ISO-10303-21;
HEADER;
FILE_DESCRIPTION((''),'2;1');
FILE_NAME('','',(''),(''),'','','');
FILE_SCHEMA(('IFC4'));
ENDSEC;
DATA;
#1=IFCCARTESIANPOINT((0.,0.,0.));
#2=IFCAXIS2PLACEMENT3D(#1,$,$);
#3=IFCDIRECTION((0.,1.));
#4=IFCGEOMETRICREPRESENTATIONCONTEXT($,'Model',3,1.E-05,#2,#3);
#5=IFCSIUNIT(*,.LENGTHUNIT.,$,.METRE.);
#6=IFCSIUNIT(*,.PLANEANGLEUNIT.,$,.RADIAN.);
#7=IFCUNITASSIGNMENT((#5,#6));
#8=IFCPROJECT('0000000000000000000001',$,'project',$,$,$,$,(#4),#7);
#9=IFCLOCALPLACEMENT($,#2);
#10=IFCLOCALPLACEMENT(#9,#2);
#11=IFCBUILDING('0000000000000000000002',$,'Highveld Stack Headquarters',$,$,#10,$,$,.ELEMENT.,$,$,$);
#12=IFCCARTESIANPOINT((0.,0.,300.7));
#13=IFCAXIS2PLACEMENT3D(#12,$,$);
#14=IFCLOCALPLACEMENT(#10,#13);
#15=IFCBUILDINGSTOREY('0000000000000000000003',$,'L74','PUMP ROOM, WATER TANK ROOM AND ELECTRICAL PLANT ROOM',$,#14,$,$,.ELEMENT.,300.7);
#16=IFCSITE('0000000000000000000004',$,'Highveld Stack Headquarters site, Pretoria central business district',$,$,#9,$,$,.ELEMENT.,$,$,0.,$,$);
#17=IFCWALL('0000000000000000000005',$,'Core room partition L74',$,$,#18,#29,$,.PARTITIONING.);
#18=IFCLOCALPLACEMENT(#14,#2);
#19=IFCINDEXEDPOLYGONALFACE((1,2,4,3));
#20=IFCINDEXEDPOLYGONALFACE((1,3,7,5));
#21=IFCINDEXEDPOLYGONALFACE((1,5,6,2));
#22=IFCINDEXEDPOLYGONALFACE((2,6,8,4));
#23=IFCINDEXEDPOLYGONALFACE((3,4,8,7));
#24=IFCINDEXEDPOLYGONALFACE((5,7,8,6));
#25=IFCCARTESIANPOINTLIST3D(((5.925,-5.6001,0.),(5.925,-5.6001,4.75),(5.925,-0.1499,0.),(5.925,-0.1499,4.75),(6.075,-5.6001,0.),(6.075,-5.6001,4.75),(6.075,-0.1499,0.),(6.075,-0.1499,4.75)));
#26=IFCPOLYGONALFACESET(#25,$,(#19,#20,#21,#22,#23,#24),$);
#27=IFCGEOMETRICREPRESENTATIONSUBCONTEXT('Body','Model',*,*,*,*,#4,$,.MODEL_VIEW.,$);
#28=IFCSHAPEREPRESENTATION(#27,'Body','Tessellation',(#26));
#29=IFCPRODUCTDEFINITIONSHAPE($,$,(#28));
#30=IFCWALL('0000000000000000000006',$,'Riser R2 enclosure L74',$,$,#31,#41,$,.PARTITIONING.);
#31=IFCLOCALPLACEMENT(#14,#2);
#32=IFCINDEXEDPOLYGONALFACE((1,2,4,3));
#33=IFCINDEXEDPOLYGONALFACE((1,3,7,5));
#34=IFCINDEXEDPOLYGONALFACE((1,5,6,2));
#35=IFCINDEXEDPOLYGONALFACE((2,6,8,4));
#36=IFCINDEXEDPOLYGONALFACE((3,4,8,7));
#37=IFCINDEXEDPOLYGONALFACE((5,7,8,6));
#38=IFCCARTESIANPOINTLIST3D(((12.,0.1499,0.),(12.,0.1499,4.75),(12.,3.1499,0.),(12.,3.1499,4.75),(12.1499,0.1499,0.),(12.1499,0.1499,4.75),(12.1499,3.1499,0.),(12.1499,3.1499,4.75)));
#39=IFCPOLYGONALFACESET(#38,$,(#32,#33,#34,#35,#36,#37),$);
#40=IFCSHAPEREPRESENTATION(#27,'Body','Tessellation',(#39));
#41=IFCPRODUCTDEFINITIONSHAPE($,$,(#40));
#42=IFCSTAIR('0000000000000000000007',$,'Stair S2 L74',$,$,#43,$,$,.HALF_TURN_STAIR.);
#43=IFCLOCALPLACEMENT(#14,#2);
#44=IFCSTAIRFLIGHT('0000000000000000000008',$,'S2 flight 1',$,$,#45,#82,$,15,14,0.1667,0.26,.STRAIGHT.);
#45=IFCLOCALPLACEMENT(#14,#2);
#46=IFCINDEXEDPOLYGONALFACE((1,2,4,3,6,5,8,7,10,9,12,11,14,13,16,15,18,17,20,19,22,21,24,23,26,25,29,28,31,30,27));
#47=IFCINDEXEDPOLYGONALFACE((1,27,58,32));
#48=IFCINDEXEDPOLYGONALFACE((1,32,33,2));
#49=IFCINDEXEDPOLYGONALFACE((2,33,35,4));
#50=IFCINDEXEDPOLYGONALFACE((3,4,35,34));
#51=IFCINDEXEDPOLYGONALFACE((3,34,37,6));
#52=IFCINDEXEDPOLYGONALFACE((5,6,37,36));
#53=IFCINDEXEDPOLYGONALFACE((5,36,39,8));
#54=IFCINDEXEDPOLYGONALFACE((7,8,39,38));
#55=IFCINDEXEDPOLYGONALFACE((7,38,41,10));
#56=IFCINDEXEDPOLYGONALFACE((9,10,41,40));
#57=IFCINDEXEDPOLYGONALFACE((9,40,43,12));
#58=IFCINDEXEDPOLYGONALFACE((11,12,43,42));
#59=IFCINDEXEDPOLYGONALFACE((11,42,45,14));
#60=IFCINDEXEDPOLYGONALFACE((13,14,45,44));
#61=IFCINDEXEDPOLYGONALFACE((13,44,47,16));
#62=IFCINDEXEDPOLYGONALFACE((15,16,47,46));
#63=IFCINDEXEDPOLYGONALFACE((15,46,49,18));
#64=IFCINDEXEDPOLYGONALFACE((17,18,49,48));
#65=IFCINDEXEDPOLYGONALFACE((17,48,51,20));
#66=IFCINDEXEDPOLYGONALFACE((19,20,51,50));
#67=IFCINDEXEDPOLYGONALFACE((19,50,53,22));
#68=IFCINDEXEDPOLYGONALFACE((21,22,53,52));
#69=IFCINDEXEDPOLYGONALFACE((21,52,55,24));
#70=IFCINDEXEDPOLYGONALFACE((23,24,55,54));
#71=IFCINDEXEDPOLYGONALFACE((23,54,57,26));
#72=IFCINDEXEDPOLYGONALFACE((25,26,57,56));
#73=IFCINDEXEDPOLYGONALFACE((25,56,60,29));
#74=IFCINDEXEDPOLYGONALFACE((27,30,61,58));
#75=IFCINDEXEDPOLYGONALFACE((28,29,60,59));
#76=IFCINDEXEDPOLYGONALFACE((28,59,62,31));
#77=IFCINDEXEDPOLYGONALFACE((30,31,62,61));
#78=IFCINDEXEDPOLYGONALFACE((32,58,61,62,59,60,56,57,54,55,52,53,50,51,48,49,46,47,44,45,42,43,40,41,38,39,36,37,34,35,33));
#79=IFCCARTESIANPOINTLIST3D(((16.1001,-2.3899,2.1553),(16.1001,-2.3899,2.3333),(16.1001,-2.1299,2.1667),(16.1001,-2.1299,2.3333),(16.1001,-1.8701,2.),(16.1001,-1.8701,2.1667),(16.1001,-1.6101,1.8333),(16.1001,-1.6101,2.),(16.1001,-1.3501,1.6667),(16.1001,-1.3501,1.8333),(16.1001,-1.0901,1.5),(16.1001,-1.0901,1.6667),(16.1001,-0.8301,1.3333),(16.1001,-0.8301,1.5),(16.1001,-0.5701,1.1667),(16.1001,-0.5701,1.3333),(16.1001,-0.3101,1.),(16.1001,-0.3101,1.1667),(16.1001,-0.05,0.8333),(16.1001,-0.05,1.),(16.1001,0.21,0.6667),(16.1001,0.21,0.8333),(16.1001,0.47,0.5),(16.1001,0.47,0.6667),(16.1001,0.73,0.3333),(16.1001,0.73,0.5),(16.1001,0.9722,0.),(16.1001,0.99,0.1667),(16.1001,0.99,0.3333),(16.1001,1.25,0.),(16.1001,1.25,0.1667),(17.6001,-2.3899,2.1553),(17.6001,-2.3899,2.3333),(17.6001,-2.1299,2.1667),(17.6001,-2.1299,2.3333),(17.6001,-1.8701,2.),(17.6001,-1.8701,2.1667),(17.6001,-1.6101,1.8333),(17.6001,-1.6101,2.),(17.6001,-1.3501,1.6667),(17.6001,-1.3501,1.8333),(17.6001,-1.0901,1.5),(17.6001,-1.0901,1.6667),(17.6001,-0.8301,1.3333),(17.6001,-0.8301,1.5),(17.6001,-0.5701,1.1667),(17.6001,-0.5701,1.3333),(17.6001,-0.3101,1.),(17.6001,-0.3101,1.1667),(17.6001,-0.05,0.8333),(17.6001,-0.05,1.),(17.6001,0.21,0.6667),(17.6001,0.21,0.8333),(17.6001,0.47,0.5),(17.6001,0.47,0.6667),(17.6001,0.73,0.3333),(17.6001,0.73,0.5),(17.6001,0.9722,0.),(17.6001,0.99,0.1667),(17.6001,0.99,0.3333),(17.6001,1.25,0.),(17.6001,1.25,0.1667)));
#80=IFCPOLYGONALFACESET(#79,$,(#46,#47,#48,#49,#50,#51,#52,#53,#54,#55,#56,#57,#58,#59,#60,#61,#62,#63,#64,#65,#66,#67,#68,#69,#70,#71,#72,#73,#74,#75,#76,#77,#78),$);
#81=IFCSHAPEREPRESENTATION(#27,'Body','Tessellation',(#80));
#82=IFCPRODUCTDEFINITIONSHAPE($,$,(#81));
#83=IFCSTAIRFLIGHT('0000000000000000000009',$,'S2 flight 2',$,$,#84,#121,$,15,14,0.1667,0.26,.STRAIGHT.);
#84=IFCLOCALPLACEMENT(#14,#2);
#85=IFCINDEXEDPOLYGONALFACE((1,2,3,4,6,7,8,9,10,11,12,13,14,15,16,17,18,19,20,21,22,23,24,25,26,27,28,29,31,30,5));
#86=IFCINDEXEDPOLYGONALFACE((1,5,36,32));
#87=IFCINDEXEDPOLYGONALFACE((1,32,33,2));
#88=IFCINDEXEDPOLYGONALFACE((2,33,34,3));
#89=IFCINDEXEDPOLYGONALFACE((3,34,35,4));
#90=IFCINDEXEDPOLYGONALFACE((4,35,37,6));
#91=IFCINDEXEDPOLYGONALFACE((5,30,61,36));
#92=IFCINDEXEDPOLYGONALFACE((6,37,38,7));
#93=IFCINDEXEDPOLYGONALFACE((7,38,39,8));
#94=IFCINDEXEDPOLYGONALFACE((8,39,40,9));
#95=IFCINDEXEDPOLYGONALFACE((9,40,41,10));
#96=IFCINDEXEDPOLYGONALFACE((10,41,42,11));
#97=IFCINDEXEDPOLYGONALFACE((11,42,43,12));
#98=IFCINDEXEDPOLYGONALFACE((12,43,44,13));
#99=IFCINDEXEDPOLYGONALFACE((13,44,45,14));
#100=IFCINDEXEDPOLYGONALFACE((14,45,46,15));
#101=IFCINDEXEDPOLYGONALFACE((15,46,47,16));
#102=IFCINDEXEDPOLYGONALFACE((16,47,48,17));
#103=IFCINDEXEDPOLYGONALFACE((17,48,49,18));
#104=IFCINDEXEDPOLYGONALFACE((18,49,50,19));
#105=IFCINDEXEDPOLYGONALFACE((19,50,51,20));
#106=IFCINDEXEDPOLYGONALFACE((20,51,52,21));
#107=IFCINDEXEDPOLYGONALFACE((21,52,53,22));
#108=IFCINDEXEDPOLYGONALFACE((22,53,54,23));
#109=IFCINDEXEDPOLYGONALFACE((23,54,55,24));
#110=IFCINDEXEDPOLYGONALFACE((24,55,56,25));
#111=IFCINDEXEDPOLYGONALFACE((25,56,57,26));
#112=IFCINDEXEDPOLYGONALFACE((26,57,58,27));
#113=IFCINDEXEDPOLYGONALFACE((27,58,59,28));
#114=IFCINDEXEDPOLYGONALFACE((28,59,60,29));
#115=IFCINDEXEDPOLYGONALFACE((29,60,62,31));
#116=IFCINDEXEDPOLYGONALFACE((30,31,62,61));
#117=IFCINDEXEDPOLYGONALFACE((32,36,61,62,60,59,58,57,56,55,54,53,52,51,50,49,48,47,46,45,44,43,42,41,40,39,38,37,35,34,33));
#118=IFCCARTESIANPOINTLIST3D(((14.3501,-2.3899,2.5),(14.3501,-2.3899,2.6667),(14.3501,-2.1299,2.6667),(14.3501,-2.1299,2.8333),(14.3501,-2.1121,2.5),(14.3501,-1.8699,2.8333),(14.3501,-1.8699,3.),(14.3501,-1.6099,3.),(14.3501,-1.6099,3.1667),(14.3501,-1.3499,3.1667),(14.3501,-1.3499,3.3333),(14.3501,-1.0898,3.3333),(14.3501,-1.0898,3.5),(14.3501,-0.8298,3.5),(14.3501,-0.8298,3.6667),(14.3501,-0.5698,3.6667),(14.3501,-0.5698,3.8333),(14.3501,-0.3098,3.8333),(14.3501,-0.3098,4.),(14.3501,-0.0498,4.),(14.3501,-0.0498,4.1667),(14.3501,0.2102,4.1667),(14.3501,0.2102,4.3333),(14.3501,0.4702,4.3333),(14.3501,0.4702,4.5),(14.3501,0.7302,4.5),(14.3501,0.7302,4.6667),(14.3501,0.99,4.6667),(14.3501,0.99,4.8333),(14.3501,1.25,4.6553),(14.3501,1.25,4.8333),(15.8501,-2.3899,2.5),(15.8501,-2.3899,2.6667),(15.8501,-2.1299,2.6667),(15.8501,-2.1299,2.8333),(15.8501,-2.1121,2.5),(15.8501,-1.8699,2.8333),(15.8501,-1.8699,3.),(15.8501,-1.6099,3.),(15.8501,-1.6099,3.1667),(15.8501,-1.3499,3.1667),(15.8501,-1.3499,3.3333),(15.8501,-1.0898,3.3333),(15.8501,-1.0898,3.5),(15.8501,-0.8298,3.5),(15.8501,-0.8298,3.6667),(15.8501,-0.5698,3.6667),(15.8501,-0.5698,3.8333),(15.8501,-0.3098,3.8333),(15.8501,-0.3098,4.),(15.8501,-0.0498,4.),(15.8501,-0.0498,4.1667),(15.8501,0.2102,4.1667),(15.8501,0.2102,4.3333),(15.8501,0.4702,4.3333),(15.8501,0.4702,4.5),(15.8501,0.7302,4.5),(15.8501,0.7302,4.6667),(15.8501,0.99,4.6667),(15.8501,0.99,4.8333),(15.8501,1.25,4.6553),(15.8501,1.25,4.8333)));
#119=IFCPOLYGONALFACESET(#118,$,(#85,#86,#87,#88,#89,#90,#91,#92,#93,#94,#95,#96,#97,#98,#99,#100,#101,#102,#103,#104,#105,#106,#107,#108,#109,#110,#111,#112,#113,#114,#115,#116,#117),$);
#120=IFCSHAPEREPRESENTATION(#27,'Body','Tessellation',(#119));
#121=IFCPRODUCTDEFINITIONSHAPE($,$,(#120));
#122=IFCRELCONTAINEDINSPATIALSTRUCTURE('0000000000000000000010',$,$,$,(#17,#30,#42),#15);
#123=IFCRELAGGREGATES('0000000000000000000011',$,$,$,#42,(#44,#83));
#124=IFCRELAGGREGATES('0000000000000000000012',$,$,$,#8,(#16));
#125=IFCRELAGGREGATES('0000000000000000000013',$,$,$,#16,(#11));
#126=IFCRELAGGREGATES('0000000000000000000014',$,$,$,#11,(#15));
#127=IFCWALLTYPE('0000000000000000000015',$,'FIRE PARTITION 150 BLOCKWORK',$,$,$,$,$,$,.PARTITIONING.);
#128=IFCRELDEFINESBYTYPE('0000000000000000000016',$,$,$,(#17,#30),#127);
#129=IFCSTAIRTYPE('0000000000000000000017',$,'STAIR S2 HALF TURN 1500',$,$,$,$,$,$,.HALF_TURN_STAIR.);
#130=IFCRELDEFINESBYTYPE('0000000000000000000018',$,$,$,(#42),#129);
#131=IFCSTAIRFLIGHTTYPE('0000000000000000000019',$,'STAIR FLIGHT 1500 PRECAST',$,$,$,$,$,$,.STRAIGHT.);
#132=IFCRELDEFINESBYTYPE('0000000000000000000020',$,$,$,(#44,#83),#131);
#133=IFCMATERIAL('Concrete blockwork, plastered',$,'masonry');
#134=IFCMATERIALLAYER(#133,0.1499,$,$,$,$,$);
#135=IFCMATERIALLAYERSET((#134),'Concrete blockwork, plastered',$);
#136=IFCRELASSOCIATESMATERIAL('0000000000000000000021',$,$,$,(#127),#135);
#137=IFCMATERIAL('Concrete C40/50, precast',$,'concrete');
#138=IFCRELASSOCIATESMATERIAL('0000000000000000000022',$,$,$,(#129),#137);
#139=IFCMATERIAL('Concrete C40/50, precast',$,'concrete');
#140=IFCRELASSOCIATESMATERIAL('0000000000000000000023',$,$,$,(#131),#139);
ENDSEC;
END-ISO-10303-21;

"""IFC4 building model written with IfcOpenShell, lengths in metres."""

from ifc_helpers import new_model, si_unit, direction, frame, frame_2d, origin, place, context, subcontext, project, spatial, polyline, rectangle, outline, extrude, material, layer, layer_set, type_object, element, aggregate, save


model = new_model("IFC4")

# Units and contexts
model_context = context("Model", 3, precision=1e-05, world=origin(), true_north=direction((0.0, 1.0)))
body_context = subcontext(model_context, "Body", "Model", "MODEL_VIEW")
ifc_project = project(units=[si_unit("LENGTHUNIT", "METRE"), si_unit("PLANEANGLEUNIT", "RADIAN")], contexts=[model_context])

# Site, building, storey
site_placement = place(None, origin())
site = spatial("IfcSite", under=ifc_project, at=site_placement, Name="Highveld Stack Headquarters site, Pretoria central business district", CompositionType="ELEMENT", RefElevation=0.0)
building_placement = place(site_placement, origin())
building = spatial("IfcBuilding", under=site, at=building_placement, Name="Highveld Stack Headquarters", CompositionType="ELEMENT")
storey_placement = place(building_placement, frame((0.0, 0.0, 300.7)))
storey = spatial("IfcBuildingStorey", under=building, at=storey_placement, Name="L74", Description="PUMP ROOM, WATER TANK ROOM AND ELECTRICAL PLANT ROOM", CompositionType="ELEMENT", Elevation=300.7)

# Walls
ifc_material_1 = material(Name="Concrete blockwork, plastered", Category="masonry")
ifc_layer_1 = layer(ifc_material_1, 0.1499)
ifc_layer_set_1 = layer_set([ifc_layer_1], Name="Concrete blockwork, plastered")
wall_type_1 = type_object("IfcWallType", Name="FIRE PARTITION 150 BLOCKWORK", PredefinedType="PARTITIONING", material=ifc_layer_set_1)
wall_1_placement = place(storey_placement, frame((6.0, -5.6001, 0.0), z_axis=(0.0, 0.0, 1.0), x_axis=(0.0, 1.0, 0.0)))
element("IfcWall", 1, at=wall_1_placement, inside=storey, type_object=wall_type_1, Name="Core room partition L74", PredefinedType="PARTITIONING", context=body_context, shape_type="SweptSolid", body=[
    extrude(rectangle(XDim=5.4502, YDim=0.1499, at=frame_2d((2.7251, 0.0))), origin(), (0.0, 0.0, 1.0), 4.75),
])
wall_2_placement = place(storey_placement, frame((12.075, 0.1499, 0.0), z_axis=(0.0, 0.0, 1.0), x_axis=(0.0, 1.0, 0.0)))
element("IfcWall", 2, at=wall_2_placement, inside=storey, type_object=wall_type_1, Name="Riser R2 enclosure L74", PredefinedType="PARTITIONING", context=body_context, shape_type="SweptSolid", body=[
    extrude(rectangle(XDim=3.0, YDim=0.1499, at=frame_2d((1.5, 0.0))), origin(), (0.0, 0.0, 1.0), 4.75),
])

# Stair, stair flights
ifc_material_2 = material(Name="Concrete C40/50, precast", Category="concrete")
stair_type = type_object("IfcStairType", Name="STAIR S2 HALF TURN 1500", PredefinedType="HALF_TURN_STAIR", material=ifc_material_2)
stair_placement = place(storey_placement, origin())
stair = element("IfcStair", 3, at=stair_placement, inside=storey, type_object=stair_type, Name="Stair S2 L74", PredefinedType="HALF_TURN_STAIR")
ifc_material_3 = material(Name="Concrete C40/50, precast", Category="concrete")
stair_flight_type = type_object("IfcStairFlightType", Name="STAIR FLIGHT 1500 PRECAST", PredefinedType="STRAIGHT", material=ifc_material_3)
stair_flight_1_placement = place(storey_placement, frame((16.8501, 1.25, 0.0), z_axis=(0.0, 0.0, 1.0), x_axis=(0.0, -1.0, 0.0)))
stair_flight_1 = element("IfcStairFlight", 4, at=stair_flight_1_placement, type_object=stair_flight_type, Name="S2 flight 1", NumberOfRisers=15, NumberOfTreads=14, PredefinedType="STRAIGHT", RiserHeight=0.1667, TreadLength=0.26, context=body_context, shape_type="SweptSolid", body=[
    extrude(outline(polyline([(0.0, 0.0), (0.0, 0.1667), (0.26, 0.1667), (0.26, 0.3333), (0.52, 0.3333), (0.52, 0.5), (0.78, 0.5), (0.78, 0.6667), (1.04, 0.6667), (1.04, 0.8333), (1.3, 0.8333), (1.3, 1.0), (1.5601, 1.0), (1.5601, 1.1667), (1.8201, 1.1667), (1.8201, 1.3333), (2.0801, 1.3333), (2.0801, 1.5), (2.3401, 1.5), (2.3401, 1.6667), (2.6001, 1.6667), (2.6001, 1.8333), (2.8601, 1.8333), (2.8601, 2.0), (3.1201, 2.0), (3.1201, 2.1667), (3.3799, 2.1667), (3.3799, 2.3333), (3.6399, 2.3333), (3.6399, 2.5), (3.6399, 2.1553), (0.2778, 0.0), (0.0, 0.0)])), frame((0.0, 0.75, 0.0), z_axis=(0.0, -1.0, 0.0), x_axis=(1.0, 0.0, 0.0)), (0.0, 0.0, 1.0), 1.5),
])
stair_flight_2_placement = place(storey_placement, frame((15.1001, -2.3899, 2.5), z_axis=(0.0, 0.0, 1.0), x_axis=(0.0, 1.0, 0.0)))
stair_flight_2 = element("IfcStairFlight", 5, at=stair_flight_2_placement, type_object=stair_flight_type, Name="S2 flight 2", NumberOfRisers=15, NumberOfTreads=14, PredefinedType="STRAIGHT", RiserHeight=0.1667, TreadLength=0.26, context=body_context, shape_type="SweptSolid", body=[
    extrude(outline(polyline([(0.0, 0.0), (0.0, 0.1667), (0.26, 0.1667), (0.26, 0.3333), (0.52, 0.3333), (0.52, 0.5), (0.78, 0.5), (0.78, 0.6667), (1.04, 0.6667), (1.04, 0.8333), (1.3, 0.8333), (1.3, 1.0), (1.5601, 1.0), (1.5601, 1.1667), (1.8201, 1.1667), (1.8201, 1.3333), (2.0801, 1.3333), (2.0801, 1.5), (2.3401, 1.5), (2.3401, 1.6667), (2.6001, 1.6667), (2.6001, 1.8333), (2.8601, 1.8333), (2.8601, 2.0), (3.1201, 2.0), (3.1201, 2.1667), (3.3799, 2.1667), (3.3799, 2.3333), (3.6399, 2.3333), (3.6399, 2.5), (3.6399, 2.1553), (0.2778, 0.0), (0.0, 0.0)])), frame((0.0, 0.75, 0.0), z_axis=(0.0, -1.0, 0.0), x_axis=(1.0, 0.0, 0.0)), (0.0, 0.0, 1.0), 1.5),
])
aggregate(stair, [stair_flight_1, stair_flight_2])

save(model, "model.ifc")
